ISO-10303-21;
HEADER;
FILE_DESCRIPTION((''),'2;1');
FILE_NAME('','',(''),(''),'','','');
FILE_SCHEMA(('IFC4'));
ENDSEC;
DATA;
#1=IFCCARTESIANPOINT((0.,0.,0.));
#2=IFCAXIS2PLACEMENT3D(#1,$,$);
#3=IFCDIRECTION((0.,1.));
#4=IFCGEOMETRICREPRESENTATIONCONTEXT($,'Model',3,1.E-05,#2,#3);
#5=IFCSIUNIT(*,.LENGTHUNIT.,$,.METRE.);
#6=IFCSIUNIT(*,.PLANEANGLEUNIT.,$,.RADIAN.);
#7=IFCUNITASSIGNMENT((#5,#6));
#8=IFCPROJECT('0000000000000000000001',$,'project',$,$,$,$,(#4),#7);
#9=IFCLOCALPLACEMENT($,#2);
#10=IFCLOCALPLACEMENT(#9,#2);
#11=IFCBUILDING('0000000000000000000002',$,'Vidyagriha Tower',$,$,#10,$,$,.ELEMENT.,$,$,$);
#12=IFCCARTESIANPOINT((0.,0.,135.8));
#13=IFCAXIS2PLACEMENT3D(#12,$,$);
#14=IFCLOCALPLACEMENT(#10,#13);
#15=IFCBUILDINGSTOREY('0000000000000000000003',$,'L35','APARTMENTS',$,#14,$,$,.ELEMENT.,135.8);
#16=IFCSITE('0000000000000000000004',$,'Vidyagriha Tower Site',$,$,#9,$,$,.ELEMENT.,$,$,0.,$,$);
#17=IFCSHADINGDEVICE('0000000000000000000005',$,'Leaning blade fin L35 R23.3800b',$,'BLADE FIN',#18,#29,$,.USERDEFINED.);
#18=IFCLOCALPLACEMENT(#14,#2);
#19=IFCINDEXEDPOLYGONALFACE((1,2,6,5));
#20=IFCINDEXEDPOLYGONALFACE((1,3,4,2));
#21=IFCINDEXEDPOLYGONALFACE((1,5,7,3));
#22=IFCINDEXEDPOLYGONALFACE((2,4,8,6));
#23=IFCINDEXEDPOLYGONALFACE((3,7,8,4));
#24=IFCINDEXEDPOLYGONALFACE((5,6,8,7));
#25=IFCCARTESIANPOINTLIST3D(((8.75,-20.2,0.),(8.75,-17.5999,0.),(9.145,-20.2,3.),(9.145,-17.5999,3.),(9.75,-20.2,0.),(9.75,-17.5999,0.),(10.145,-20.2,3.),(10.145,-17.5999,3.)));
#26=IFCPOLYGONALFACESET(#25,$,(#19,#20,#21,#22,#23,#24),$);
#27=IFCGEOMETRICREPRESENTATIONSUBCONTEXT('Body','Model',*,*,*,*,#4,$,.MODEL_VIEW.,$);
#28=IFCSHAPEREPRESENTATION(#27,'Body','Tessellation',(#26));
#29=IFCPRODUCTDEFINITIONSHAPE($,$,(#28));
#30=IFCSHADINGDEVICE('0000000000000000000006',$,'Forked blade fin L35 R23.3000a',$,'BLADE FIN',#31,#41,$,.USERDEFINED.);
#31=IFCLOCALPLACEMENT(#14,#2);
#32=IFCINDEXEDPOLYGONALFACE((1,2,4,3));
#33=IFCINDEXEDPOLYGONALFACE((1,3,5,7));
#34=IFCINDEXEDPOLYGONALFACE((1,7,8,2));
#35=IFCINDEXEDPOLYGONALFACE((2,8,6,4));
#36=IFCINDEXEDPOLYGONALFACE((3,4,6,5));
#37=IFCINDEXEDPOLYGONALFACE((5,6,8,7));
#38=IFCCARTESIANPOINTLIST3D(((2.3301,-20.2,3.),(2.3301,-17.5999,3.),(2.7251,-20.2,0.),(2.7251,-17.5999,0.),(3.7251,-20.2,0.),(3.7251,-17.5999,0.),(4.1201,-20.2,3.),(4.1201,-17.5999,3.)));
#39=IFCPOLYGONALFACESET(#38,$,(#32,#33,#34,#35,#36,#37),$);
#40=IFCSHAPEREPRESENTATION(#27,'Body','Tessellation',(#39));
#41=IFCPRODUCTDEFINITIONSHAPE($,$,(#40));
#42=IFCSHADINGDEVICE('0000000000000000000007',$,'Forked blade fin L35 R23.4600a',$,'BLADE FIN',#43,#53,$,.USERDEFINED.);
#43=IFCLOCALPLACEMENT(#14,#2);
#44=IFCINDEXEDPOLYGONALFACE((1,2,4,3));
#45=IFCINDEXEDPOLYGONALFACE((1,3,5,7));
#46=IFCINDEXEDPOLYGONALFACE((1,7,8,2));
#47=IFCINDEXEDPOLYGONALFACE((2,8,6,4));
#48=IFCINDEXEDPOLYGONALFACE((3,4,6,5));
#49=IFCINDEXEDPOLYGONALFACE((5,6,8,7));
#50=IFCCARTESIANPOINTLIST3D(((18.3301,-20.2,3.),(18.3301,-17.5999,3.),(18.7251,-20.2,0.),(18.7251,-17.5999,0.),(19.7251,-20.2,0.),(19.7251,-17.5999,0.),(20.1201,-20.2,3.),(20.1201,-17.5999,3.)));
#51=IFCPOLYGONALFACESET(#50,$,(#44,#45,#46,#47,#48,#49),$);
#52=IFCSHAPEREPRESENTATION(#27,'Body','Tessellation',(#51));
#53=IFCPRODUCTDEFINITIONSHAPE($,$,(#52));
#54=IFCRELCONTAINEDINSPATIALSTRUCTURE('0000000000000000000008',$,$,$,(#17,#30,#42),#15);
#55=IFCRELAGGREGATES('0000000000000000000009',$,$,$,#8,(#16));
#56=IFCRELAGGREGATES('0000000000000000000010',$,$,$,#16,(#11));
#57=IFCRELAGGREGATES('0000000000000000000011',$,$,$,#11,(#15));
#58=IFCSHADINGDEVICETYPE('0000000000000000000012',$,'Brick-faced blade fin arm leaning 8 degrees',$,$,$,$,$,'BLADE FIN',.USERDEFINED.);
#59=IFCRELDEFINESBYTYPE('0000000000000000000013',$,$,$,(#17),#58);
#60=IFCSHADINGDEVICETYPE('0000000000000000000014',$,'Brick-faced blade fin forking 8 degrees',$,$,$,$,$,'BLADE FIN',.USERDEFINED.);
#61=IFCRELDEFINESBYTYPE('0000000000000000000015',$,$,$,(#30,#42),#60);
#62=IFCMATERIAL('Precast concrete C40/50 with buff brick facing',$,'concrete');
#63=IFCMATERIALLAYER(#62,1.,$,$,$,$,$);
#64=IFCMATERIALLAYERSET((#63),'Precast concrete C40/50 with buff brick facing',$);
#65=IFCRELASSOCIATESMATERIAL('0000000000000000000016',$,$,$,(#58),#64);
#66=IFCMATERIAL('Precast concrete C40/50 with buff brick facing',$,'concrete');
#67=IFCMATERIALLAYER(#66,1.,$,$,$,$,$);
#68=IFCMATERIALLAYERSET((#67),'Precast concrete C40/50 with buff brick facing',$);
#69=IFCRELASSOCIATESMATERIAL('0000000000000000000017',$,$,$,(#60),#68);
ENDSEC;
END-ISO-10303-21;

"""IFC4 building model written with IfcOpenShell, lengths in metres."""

from ifc_helpers import new_model, si_unit, direction, frame, origin, place, context, subcontext, project, spatial, polyline, outline, extrude, material, layer, layer_set, type_object, element, save


model = new_model("IFC4")

# Units and contexts
model_context = context("Model", 3, precision=1e-05, world=origin(), true_north=direction((0.0, 1.0)))
body_context = subcontext(model_context, "Body", "Model", "MODEL_VIEW")
ifc_project = project(units=[si_unit("LENGTHUNIT", "METRE"), si_unit("PLANEANGLEUNIT", "RADIAN")], contexts=[model_context])

# Site, building, storey
site_placement = place(None, origin())
site = spatial("IfcSite", under=ifc_project, at=site_placement, Name="Vidyagriha Tower Site", CompositionType="ELEMENT", RefElevation=0.0)
building_placement = place(site_placement, origin())
building = spatial("IfcBuilding", under=site, at=building_placement, Name="Vidyagriha Tower", CompositionType="ELEMENT")
storey_placement = place(building_placement, frame((0.0, 0.0, 135.8)))
storey = spatial("IfcBuildingStorey", under=building, at=storey_placement, Name="L35", Description="APARTMENTS", CompositionType="ELEMENT", Elevation=135.8)

# Shading devices
ifc_material_1 = material(Name="Precast concrete C40/50 with buff brick facing", Category="concrete")
ifc_layer_1 = layer(ifc_material_1, 1.0)
ifc_layer_set_1 = layer_set([ifc_layer_1], Name="Precast concrete C40/50 with buff brick facing")
shading_device_type_1 = type_object("IfcShadingDeviceType", Name="Brick-faced blade fin arm leaning 8 degrees", ElementType="BLADE FIN", PredefinedType="USERDEFINED", material=ifc_layer_set_1)
shading_device_1_placement = place(storey_placement, frame((8.75, -18.8999, 0.0)))
element("IfcShadingDevice", 1, at=shading_device_1_placement, inside=storey, type_object=shading_device_type_1, Name="Leaning blade fin L35 R23.3800b", ObjectType="BLADE FIN", PredefinedType="USERDEFINED", context=body_context, shape_type="SweptSolid", body=[
    extrude(outline(polyline([(0.0, 0.0), (1.0, 0.0), (1.395, 3.0), (0.395, 3.0), (0.0, 0.0)])), frame((0.0, 1.3, 0.0), z_axis=(0.0, -1.0, 0.0), x_axis=(1.0, 0.0, 0.0)), (0.0, 0.0, 1.0), 2.6001),
])
ifc_material_2 = material(Name="Precast concrete C40/50 with buff brick facing", Category="concrete")
ifc_layer_2 = layer(ifc_material_2, 1.0)
ifc_layer_set_2 = layer_set([ifc_layer_2], Name="Precast concrete C40/50 with buff brick facing")
shading_device_type_2 = type_object("IfcShadingDeviceType", Name="Brick-faced blade fin forking 8 degrees", ElementType="BLADE FIN", PredefinedType="USERDEFINED", material=ifc_layer_set_2)
for number, where, name in (
    (2, (2.3301, -18.8999, 0.0), "Forked blade fin L35 R23.3000a"),
    (3, (18.3301, -18.8999, 0.0), "Forked blade fin L35 R23.4600a"),
):
    element("IfcShadingDevice", number, at=place(storey_placement, frame(where)), inside=storey, type_object=shading_device_type_2, Name=name, ObjectType="BLADE FIN", PredefinedType="USERDEFINED", context=body_context, shape_type="SweptSolid", body=[
        extrude(outline(polyline([(0.395, 0.0), (1.395, 0.0), (1.79, 3.0), (0.0, 3.0), (0.395, 0.0)])), frame((0.0, 1.3, 0.0), z_axis=(0.0, -1.0, 0.0), x_axis=(1.0, 0.0, 0.0)), (0.0, 0.0, 1.0), 2.6001),
    ])

save(model, "model.ifc")
